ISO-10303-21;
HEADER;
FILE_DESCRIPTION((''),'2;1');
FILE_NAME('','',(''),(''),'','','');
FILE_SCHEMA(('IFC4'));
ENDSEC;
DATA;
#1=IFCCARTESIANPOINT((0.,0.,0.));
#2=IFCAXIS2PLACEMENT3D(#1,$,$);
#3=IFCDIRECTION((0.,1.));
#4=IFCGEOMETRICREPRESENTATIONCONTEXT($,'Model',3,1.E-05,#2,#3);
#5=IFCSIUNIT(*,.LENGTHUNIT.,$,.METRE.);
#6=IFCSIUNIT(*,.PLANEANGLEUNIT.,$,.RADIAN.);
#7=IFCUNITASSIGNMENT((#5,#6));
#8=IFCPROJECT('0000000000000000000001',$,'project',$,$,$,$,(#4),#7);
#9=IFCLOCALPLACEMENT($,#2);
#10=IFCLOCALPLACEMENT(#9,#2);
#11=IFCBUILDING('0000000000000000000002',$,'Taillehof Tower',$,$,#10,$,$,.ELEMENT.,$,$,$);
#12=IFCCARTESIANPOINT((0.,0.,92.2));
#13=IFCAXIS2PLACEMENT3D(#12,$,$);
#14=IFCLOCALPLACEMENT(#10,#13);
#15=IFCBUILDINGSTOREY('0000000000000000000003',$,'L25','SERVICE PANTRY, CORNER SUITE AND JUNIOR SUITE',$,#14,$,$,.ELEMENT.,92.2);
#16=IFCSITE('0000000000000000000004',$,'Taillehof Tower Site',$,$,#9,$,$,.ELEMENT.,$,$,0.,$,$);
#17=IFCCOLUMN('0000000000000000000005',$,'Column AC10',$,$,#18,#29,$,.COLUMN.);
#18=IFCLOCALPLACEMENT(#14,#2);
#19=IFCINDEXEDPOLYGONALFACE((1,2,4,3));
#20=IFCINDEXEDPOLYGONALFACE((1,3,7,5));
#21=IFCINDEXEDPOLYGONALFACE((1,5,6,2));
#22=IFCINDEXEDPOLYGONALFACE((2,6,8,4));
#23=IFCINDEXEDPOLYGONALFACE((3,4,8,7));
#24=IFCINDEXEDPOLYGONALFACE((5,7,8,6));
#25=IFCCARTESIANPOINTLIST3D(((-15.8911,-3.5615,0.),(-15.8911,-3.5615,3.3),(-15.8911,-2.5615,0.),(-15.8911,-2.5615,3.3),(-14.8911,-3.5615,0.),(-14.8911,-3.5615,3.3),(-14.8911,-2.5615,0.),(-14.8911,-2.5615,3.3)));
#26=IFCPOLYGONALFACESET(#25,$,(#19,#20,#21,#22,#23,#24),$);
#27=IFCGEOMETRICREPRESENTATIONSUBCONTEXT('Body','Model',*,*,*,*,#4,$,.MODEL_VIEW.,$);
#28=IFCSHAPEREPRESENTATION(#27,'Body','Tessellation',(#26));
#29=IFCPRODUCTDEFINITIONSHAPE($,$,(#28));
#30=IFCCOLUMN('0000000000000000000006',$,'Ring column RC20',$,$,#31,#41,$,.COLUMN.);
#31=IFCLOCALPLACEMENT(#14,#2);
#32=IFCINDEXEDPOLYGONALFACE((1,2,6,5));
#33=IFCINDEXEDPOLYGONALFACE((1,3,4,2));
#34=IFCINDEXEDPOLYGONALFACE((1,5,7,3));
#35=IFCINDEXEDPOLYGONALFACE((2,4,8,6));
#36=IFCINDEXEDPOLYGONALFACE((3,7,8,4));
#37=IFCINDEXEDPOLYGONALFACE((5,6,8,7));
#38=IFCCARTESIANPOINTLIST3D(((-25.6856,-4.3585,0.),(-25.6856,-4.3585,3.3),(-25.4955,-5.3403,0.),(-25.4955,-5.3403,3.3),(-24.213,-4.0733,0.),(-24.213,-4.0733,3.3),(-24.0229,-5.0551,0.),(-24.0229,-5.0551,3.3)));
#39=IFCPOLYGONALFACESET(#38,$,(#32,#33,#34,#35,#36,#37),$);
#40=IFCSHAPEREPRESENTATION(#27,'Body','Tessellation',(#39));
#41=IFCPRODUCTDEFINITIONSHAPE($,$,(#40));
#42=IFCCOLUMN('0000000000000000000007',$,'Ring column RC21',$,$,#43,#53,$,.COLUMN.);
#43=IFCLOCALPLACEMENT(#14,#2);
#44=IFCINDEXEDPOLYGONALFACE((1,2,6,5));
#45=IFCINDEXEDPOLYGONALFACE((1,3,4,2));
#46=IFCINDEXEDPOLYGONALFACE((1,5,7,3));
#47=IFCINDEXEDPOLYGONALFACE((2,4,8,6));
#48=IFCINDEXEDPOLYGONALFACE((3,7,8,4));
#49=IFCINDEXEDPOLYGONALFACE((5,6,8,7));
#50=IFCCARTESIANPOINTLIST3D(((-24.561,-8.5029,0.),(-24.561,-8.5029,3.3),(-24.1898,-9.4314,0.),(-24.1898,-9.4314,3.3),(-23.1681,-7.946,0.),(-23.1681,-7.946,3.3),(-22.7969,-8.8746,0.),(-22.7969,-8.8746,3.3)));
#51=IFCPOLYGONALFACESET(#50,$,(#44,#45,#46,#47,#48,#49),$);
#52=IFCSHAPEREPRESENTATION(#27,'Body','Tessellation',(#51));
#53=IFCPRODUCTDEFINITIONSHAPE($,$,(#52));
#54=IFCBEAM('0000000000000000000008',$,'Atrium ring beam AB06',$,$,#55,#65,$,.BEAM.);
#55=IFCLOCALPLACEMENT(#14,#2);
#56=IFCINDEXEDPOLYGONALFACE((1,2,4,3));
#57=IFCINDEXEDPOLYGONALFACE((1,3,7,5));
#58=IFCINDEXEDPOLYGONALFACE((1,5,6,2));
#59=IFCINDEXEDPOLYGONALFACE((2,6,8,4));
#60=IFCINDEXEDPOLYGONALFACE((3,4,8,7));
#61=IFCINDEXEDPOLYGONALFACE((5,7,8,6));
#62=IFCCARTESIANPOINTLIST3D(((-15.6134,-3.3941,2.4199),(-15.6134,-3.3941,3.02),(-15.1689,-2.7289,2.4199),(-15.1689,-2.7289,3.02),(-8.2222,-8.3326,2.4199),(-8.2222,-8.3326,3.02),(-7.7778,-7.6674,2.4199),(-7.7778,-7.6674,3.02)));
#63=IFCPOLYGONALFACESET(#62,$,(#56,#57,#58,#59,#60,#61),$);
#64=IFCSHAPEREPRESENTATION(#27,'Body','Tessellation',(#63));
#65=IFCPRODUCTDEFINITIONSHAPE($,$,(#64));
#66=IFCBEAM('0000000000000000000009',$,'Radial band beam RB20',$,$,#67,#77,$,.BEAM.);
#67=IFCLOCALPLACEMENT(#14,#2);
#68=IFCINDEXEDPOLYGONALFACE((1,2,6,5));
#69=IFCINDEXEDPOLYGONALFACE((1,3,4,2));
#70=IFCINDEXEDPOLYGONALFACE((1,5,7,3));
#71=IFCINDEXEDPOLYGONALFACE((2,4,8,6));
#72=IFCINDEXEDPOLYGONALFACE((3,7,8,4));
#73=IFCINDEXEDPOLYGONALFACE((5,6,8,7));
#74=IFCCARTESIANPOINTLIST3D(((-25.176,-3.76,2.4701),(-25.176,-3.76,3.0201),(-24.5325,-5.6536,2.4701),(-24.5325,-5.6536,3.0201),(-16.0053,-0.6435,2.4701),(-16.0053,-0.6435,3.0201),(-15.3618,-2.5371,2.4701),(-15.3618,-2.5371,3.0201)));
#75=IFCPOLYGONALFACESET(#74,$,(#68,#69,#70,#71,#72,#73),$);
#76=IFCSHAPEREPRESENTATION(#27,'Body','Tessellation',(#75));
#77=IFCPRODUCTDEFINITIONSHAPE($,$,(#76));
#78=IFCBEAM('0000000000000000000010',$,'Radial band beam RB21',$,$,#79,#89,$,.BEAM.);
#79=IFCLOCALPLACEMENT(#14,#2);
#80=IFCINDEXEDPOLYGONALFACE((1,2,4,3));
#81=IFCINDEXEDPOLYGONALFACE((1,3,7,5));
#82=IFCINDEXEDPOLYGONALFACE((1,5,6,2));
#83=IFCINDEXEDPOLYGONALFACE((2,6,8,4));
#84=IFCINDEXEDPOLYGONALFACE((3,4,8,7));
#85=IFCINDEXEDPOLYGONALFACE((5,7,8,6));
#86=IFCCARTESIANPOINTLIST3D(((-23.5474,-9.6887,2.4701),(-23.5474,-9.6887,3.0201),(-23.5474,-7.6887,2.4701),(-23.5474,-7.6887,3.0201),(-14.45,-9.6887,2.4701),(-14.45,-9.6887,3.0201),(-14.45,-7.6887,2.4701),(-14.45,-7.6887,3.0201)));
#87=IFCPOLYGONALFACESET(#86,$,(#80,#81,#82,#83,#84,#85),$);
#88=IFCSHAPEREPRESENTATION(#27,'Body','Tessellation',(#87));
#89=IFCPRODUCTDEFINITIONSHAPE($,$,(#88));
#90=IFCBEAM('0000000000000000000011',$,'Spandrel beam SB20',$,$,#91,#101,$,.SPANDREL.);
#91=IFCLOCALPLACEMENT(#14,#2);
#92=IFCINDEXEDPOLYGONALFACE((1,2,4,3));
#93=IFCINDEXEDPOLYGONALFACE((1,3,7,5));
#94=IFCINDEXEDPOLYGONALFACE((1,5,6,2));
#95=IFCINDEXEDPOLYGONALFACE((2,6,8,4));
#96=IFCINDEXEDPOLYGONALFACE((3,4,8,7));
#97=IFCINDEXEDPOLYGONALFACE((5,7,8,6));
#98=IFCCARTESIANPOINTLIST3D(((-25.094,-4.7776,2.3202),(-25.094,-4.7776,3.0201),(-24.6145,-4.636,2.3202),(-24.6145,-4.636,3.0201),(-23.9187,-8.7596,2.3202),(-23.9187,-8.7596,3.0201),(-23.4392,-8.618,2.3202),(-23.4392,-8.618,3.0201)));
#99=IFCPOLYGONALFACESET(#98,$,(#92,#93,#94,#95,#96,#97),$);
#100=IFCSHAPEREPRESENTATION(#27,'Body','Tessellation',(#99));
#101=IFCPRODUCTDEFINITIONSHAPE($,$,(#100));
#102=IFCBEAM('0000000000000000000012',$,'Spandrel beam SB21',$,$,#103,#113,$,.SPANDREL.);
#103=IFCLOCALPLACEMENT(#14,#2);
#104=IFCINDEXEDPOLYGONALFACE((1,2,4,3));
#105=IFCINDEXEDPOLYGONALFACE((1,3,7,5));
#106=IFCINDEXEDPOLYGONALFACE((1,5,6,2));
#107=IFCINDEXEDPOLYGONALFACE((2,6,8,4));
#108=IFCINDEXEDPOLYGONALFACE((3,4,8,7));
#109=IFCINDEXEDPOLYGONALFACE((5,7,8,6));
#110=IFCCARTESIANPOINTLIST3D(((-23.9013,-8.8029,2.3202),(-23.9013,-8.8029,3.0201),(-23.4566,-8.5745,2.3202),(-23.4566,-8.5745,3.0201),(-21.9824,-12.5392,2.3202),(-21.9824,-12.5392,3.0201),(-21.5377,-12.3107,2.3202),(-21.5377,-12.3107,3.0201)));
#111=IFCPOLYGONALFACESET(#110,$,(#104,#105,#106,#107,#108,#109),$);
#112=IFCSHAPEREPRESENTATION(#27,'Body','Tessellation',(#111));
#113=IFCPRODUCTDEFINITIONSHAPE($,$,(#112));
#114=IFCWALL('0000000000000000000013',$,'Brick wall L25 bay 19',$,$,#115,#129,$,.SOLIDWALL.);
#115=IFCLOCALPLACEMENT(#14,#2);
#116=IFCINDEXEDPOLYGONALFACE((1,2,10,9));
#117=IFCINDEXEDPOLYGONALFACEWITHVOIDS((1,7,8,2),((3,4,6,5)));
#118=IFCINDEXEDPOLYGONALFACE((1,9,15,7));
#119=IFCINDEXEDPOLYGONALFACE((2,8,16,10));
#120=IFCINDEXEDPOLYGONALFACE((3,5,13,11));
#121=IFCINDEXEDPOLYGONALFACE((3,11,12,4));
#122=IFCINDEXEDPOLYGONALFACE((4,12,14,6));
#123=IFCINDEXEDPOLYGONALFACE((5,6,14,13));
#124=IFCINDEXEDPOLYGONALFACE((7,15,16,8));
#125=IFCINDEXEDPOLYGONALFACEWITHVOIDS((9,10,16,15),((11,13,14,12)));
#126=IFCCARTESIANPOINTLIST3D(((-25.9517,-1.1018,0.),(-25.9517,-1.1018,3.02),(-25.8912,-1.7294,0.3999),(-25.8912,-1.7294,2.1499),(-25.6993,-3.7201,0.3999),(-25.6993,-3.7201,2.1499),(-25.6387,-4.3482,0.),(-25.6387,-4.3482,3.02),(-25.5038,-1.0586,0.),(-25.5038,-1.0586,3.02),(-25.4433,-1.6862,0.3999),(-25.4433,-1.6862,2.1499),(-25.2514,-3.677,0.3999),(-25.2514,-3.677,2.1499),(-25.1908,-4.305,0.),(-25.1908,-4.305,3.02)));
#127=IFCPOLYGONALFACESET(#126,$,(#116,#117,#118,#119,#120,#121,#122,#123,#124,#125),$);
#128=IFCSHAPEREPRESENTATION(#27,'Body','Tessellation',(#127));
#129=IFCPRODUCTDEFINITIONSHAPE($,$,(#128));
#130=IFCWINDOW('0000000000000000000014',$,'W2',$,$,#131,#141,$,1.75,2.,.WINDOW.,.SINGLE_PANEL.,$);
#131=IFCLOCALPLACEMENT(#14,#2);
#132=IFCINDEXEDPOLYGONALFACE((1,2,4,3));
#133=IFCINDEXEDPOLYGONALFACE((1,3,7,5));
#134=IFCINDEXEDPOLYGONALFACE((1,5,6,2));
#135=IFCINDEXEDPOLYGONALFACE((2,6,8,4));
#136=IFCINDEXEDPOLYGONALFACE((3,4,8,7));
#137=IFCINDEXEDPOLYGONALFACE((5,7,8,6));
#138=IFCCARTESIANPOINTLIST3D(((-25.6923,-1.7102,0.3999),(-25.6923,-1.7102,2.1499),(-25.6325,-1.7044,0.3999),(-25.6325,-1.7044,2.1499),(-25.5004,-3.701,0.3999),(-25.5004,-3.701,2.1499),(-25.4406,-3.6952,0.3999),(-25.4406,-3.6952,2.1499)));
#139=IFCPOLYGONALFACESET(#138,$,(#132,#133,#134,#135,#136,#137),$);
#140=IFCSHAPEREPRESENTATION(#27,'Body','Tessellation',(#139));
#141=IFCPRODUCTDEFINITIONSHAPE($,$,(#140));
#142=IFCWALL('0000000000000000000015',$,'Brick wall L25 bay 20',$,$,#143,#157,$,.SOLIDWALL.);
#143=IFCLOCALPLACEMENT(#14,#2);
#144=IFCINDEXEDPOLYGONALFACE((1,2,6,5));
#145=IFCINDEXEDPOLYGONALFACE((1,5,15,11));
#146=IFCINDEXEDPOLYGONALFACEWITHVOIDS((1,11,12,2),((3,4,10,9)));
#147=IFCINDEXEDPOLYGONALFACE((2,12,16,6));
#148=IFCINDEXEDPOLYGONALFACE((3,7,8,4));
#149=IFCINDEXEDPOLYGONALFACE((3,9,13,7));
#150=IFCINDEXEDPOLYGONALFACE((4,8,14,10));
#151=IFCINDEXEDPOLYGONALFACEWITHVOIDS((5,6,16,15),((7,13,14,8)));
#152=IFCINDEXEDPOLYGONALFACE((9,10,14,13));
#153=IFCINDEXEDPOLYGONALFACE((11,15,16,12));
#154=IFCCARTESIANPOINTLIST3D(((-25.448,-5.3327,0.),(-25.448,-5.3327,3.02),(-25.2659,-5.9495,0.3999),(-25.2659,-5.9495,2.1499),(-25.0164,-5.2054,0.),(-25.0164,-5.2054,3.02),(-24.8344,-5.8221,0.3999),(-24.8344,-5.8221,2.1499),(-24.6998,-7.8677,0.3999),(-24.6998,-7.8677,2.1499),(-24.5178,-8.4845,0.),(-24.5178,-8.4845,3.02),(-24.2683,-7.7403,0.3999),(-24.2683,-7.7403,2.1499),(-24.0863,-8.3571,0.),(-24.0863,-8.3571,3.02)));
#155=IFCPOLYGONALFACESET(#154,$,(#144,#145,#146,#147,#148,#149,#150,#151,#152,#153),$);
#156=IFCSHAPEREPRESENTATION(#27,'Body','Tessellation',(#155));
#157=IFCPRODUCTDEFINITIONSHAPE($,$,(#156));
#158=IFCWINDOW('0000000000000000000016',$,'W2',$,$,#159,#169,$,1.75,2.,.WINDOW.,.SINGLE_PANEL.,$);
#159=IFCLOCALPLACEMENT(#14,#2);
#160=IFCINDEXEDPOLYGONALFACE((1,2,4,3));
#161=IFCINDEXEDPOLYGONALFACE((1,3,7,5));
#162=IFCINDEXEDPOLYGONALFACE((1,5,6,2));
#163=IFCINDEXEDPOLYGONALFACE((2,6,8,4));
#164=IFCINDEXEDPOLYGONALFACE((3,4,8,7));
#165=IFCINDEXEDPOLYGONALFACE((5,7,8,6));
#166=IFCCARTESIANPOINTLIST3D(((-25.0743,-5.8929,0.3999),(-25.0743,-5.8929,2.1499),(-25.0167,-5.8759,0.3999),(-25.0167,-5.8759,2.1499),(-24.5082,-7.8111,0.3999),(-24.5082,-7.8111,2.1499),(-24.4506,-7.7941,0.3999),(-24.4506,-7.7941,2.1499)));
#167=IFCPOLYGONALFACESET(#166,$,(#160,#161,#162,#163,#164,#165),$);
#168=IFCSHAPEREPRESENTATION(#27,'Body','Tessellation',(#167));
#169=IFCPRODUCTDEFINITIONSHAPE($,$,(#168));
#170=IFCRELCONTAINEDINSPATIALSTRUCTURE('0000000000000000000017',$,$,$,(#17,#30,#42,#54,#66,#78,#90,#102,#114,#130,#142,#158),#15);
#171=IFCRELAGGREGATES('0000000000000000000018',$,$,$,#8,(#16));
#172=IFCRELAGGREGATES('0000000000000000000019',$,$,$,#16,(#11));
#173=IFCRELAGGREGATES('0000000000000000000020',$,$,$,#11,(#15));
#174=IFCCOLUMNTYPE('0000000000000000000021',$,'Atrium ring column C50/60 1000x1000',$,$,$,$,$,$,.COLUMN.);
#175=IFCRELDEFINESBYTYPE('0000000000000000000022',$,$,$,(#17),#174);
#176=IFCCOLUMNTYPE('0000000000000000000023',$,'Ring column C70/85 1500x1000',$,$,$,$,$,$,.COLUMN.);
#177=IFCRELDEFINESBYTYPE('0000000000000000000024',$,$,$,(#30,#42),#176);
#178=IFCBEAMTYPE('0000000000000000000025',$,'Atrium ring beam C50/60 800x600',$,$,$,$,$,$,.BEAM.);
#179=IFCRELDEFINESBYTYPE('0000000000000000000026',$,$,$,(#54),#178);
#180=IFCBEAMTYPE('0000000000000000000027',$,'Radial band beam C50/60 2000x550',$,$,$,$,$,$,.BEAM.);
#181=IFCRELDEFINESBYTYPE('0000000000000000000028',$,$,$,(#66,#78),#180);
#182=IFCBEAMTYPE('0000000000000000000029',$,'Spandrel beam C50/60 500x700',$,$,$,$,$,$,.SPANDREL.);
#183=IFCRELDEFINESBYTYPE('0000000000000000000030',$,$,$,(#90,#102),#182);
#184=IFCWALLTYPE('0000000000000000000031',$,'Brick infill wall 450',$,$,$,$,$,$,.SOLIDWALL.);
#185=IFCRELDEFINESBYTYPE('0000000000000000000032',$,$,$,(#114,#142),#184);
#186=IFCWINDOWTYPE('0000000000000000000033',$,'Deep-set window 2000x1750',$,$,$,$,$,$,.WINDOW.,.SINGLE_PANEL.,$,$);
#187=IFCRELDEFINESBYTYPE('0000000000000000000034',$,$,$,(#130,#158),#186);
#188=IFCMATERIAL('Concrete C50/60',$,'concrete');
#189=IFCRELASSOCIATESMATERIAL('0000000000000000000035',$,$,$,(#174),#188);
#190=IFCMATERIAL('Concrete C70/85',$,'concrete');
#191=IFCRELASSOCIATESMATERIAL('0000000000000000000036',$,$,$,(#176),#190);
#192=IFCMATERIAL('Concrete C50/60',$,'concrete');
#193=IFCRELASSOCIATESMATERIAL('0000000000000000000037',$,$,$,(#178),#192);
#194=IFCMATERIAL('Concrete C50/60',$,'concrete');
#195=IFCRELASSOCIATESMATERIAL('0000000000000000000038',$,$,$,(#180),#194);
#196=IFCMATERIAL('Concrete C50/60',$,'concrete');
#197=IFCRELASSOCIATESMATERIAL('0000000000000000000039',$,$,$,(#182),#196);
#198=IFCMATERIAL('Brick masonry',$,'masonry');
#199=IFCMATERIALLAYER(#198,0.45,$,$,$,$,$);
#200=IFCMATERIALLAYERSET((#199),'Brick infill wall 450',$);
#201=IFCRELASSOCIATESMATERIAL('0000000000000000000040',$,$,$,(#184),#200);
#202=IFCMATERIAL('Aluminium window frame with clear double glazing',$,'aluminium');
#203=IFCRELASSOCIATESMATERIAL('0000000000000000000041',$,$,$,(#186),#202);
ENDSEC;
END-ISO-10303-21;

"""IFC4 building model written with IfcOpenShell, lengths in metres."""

from ifc_helpers import new_model, si_unit, direction, frame, frame_2d, origin, origin_2d, place, context, subcontext, project, spatial, rectangle, extrude, material, layer, layer_set, material_profile, profile_set, type_object, element, fill, save


model = new_model("IFC4")

# Units and contexts
model_context = context("Model", 3, precision=1e-05, world=origin(), true_north=direction((0.0, 1.0)))
body_context = subcontext(model_context, "Body", "Model", "MODEL_VIEW")
ifc_project = project(units=[si_unit("LENGTHUNIT", "METRE"), si_unit("PLANEANGLEUNIT", "RADIAN")], contexts=[model_context])

# Site, building, storey
site_placement = place(None, origin())
site = spatial("IfcSite", under=ifc_project, at=site_placement, Name="Taillehof Tower Site", CompositionType="ELEMENT", RefElevation=0.0)
building_placement = place(site_placement, origin())
building = spatial("IfcBuilding", under=site, at=building_placement, Name="Taillehof Tower", CompositionType="ELEMENT")
storey_placement = place(building_placement, frame((0.0, 0.0, 92.2)))
storey = spatial("IfcBuildingStorey", under=building, at=storey_placement, Name="L25", Description="SERVICE PANTRY, CORNER SUITE AND JUNIOR SUITE", CompositionType="ELEMENT", Elevation=92.2)

# Columns
ifc_material_1 = material(Name="Concrete C50/60", Category="concrete")
ifc_material_profile_1 = material_profile(ifc_material_1, rectangle(XDim=1.0, YDim=1.0, at=origin_2d()), Name="RC 1000x1000")
ifc_profile_set_1 = profile_set([ifc_material_profile_1], Name="Concrete C50/60")
column_type_1 = type_object("IfcColumnType", Name="Atrium ring column C50/60 1000x1000", PredefinedType="COLUMN", material=ifc_profile_set_1)
column_placement = place(storey_placement, frame((-15.3911, -3.0615, 0.0), z_axis=(0.0, 0.0, 1.0), x_axis=(1.0, 0.0, 0.0)))
element("IfcColumn", 1, at=column_placement, inside=storey, type_object=column_type_1, Name="Column AC10", PredefinedType="COLUMN", context=body_context, shape_type="SweptSolid", body=[
    extrude(rectangle(XDim=1.0, YDim=1.0, at=origin_2d()), origin(), (0.0, 0.0, 1.0), 3.3),
])
ifc_material_2 = material(Name="Concrete C70/85", Category="concrete")
ifc_material_profile_2 = material_profile(ifc_material_2, rectangle(XDim=1.5, YDim=1.0, at=origin_2d()), Name="RC 1500x1000")
ifc_profile_set_2 = profile_set([ifc_material_profile_2], Name="Concrete C70/85")
column_type_2 = type_object("IfcColumnType", Name="Ring column C70/85 1500x1000", PredefinedType="COLUMN", material=ifc_profile_set_2)
for number, where, z_axis, x_axis, name in (
    (2, (-24.8542, -4.7068, 0.0), (0.0, 0.0, 1.0), (-0.981757, -0.190138, 0.0), "Ring column RC20"),
    (3, (-23.679, -8.6887, 0.0), (0.0, 0.0, 1.0), (-0.92855, -0.371207, 0.0), "Ring column RC21"),
):
    element("IfcColumn", number, at=place(storey_placement, frame(where, z_axis=z_axis, x_axis=x_axis)), inside=storey, type_object=column_type_2, Name=name, PredefinedType="COLUMN", context=body_context, shape_type="SweptSolid", body=[
        extrude(rectangle(XDim=1.5, YDim=1.0, at=origin_2d()), origin(), (0.0, 0.0, 1.0), 3.3),
    ])

# Beams
ifc_material_3 = material(Name="Concrete C50/60", Category="concrete")
ifc_material_profile_3 = material_profile(ifc_material_3, rectangle(XDim=0.8, YDim=0.6001, at=origin_2d()), Name="RC 800x600")
ifc_profile_set_3 = profile_set([ifc_material_profile_3], Name="Concrete C50/60")
beam_type_1 = type_object("IfcBeamType", Name="Atrium ring beam C50/60 800x600", PredefinedType="BEAM", material=ifc_profile_set_3)
beam_1_placement = place(storey_placement, frame((-15.3911, -3.0615, 2.72), z_axis=(0.831475, -0.555562, 0.0), x_axis=(0.555562, 0.831475, 0.0)))
element("IfcBeam", 4, at=beam_1_placement, inside=storey, type_object=beam_type_1, Name="Atrium ring beam AB06", PredefinedType="BEAM", context=body_context, shape_type="SweptSolid", body=[
    extrude(rectangle(XDim=0.8, YDim=0.6001, at=origin_2d()), origin(), (0.0, 0.0, 1.0), 8.8892),
])
ifc_material_4 = material(Name="Concrete C50/60", Category="concrete")
ifc_material_profile_4 = material_profile(ifc_material_4, rectangle(XDim=2.0, YDim=0.55, at=origin_2d()), Name="RC 2000x550")
ifc_profile_set_4 = profile_set([ifc_material_profile_4], Name="Concrete C50/60")
beam_type_2 = type_object("IfcBeamType", Name="Radial band beam C50/60 2000x550", PredefinedType="BEAM", material=ifc_profile_set_4)
beam_2_placement = place(storey_placement, frame((-24.8542, -4.7068, 2.7451), z_axis=(0.946822, 0.321758, 0.0), x_axis=(-0.321758, 0.946822, 0.0)))
element("IfcBeam", 5, at=beam_2_placement, inside=storey, type_object=beam_type_2, Name="Radial band beam RB20", PredefinedType="BEAM", context=body_context, shape_type="SweptSolid", body=[
    extrude(rectangle(XDim=2.0, YDim=0.55, at=origin_2d()), origin(), (0.0, 0.0, 1.0), 9.6858),
])
beam_3_placement = place(storey_placement, frame((-23.5474, -8.6887, 2.7451), z_axis=(1.0, 0.0, 0.0), x_axis=(0.0, 1.0, 0.0)))
element("IfcBeam", 6, at=beam_3_placement, inside=storey, type_object=beam_type_2, Name="Radial band beam RB21", PredefinedType="BEAM", context=body_context, shape_type="SweptSolid", body=[
    extrude(rectangle(XDim=2.0, YDim=0.55, at=origin_2d()), origin(), (0.0, 0.0, 1.0), 9.0974),
])
ifc_material_5 = material(Name="Concrete C50/60", Category="concrete")
ifc_material_profile_5 = material_profile(ifc_material_5, rectangle(XDim=0.5, YDim=0.7, at=origin_2d()), Name="RC 500x700")
ifc_profile_set_5 = profile_set([ifc_material_profile_5], Name="Concrete C50/60")
beam_type_3 = type_object("IfcBeamType", Name="Spandrel beam C50/60 500x700", PredefinedType="SPANDREL", material=ifc_profile_set_5)
beam_4_placement = place(storey_placement, frame((-24.8542, -4.7068, 2.6702), z_axis=(0.283083, -0.959095, 0.0), x_axis=(0.959095, 0.283083, 0.0)))
element("IfcBeam", 7, at=beam_4_placement, inside=storey, type_object=beam_type_3, Name="Spandrel beam SB20", PredefinedType="SPANDREL", context=body_context, shape_type="SweptSolid", body=[
    extrude(rectangle(XDim=0.5, YDim=0.7, at=origin_2d()), origin(), (0.0, 0.0, 1.0), 4.1519),
])
beam_5_placement = place(storey_placement, frame((-23.679, -8.6887, 2.6702), z_axis=(0.456859, -0.889539, 0.0), x_axis=(0.889539, 0.456859, 0.0)))
element("IfcBeam", 8, at=beam_5_placement, inside=storey, type_object=beam_type_3, Name="Spandrel beam SB21", PredefinedType="SPANDREL", context=body_context, shape_type="SweptSolid", body=[
    extrude(rectangle(XDim=0.5, YDim=0.7, at=origin_2d()), origin(), (0.0, 0.0, 1.0), 4.2002),
])

# Walls, openings, windows
ifc_material_6 = material(Name="Brick masonry", Category="masonry")
ifc_layer_1 = layer(ifc_material_6, 0.45)
ifc_layer_set_1 = layer_set([ifc_layer_1], Name="Brick infill wall 450")
wall_type_1 = type_object("IfcWallType", Name="Brick infill wall 450", PredefinedType="SOLIDWALL", material=ifc_layer_set_1)
wall_1_placement = place(storey_placement, frame((-25.7278, -1.0801, 0.0), z_axis=(0.0, 0.0, 1.0), x_axis=(0.095968, -0.995384, 0.0)))
wall_1 = element("IfcWall", 9, at=wall_1_placement, inside=storey, type_object=wall_type_1, Name="Brick wall L25 bay 19", PredefinedType="SOLIDWALL", context=body_context, shape_type="SweptSolid", body=[
    extrude(rectangle(XDim=3.2615, YDim=0.45, at=frame_2d((1.6309, 0.0))), origin(), (0.0, 0.0, 1.0), 3.02),
])
opening_1_placement = place(wall_1_placement, frame((0.6306, 0.0, 0.3999)))
opening_1 = element("IfcOpeningElement", 10, at=opening_1_placement, cuts=wall_1, PredefinedType="OPENING", context=body_context, shape_type="SweptSolid", body=[
    extrude(rectangle(XDim=2.0, YDim=1.75, at=frame_2d((1.0, 0.875))), frame((0.0, 0.2349, 0.0), z_axis=(0.0, -1.0, 0.0), x_axis=(1.0, 0.0, 0.0)), (0.0, 0.0, 1.0), 0.47),
])
ifc_material_7 = material(Name="Aluminium window frame with clear double glazing", Category="aluminium")
window_type_1 = type_object("IfcWindowType", Name="Deep-set window 2000x1750", PartitioningType="SINGLE_PANEL", PredefinedType="WINDOW", material=ifc_material_7)
window_1_placement = place(opening_1_placement, origin())
window_1 = element("IfcWindow", 11, at=window_1_placement, inside=storey, type_object=window_type_1, Name="W2", OverallHeight=1.75, OverallWidth=2.0, PartitioningType="SINGLE_PANEL", PredefinedType="WINDOW", context=body_context, shape_type="SweptSolid", body=[
    extrude(rectangle(XDim=2.0, YDim=1.75, at=frame_2d((1.0, 0.875))), frame((0.0, 0.0349, 0.0), z_axis=(0.0, -1.0, 0.0), x_axis=(1.0, 0.0, 0.0)), (0.0, 0.0, 1.0), 0.0601),
])
fill(opening_1, window_1)
wall_2_placement = place(storey_placement, frame((-25.2322, -5.269, 0.0), z_axis=(0.0, 0.0, 1.0), x_axis=(0.283051, -0.959105, 0.0)))
wall_2 = element("IfcWall", 12, at=wall_2_placement, inside=storey, type_object=wall_type_1, Name="Brick wall L25 bay 20", PredefinedType="SOLIDWALL", context=body_context, shape_type="SweptSolid", body=[
    extrude(rectangle(XDim=3.2861, YDim=0.45, at=frame_2d((1.6431, 0.0))), origin(), (0.0, 0.0, 1.0), 3.02),
])
opening_2_placement = place(wall_2_placement, frame((0.6431, 0.0, 0.3999)))
opening_2 = element("IfcOpeningElement", 13, at=opening_2_placement, cuts=wall_2, PredefinedType="OPENING", context=body_context, shape_type="SweptSolid", body=[
    extrude(rectangle(XDim=2.0, YDim=1.75, at=frame_2d((1.0, 0.875))), frame((0.0, 0.2349, 0.0), z_axis=(0.0, -1.0, 0.0), x_axis=(1.0, 0.0, 0.0)), (0.0, 0.0, 1.0), 0.47),
])
window_2_placement = place(opening_2_placement, origin())
window_2 = element("IfcWindow", 14, at=window_2_placement, inside=storey, type_object=window_type_1, Name="W2", OverallHeight=1.75, OverallWidth=2.0, PartitioningType="SINGLE_PANEL", PredefinedType="WINDOW", context=body_context, shape_type="SweptSolid", body=[
    extrude(rectangle(XDim=2.0, YDim=1.75, at=frame_2d((1.0, 0.875))), frame((0.0, 0.0349, 0.0), z_axis=(0.0, -1.0, 0.0), x_axis=(1.0, 0.0, 0.0)), (0.0, 0.0, 1.0), 0.0601),
])
fill(opening_2, window_2)

save(model, "model.ifc")
